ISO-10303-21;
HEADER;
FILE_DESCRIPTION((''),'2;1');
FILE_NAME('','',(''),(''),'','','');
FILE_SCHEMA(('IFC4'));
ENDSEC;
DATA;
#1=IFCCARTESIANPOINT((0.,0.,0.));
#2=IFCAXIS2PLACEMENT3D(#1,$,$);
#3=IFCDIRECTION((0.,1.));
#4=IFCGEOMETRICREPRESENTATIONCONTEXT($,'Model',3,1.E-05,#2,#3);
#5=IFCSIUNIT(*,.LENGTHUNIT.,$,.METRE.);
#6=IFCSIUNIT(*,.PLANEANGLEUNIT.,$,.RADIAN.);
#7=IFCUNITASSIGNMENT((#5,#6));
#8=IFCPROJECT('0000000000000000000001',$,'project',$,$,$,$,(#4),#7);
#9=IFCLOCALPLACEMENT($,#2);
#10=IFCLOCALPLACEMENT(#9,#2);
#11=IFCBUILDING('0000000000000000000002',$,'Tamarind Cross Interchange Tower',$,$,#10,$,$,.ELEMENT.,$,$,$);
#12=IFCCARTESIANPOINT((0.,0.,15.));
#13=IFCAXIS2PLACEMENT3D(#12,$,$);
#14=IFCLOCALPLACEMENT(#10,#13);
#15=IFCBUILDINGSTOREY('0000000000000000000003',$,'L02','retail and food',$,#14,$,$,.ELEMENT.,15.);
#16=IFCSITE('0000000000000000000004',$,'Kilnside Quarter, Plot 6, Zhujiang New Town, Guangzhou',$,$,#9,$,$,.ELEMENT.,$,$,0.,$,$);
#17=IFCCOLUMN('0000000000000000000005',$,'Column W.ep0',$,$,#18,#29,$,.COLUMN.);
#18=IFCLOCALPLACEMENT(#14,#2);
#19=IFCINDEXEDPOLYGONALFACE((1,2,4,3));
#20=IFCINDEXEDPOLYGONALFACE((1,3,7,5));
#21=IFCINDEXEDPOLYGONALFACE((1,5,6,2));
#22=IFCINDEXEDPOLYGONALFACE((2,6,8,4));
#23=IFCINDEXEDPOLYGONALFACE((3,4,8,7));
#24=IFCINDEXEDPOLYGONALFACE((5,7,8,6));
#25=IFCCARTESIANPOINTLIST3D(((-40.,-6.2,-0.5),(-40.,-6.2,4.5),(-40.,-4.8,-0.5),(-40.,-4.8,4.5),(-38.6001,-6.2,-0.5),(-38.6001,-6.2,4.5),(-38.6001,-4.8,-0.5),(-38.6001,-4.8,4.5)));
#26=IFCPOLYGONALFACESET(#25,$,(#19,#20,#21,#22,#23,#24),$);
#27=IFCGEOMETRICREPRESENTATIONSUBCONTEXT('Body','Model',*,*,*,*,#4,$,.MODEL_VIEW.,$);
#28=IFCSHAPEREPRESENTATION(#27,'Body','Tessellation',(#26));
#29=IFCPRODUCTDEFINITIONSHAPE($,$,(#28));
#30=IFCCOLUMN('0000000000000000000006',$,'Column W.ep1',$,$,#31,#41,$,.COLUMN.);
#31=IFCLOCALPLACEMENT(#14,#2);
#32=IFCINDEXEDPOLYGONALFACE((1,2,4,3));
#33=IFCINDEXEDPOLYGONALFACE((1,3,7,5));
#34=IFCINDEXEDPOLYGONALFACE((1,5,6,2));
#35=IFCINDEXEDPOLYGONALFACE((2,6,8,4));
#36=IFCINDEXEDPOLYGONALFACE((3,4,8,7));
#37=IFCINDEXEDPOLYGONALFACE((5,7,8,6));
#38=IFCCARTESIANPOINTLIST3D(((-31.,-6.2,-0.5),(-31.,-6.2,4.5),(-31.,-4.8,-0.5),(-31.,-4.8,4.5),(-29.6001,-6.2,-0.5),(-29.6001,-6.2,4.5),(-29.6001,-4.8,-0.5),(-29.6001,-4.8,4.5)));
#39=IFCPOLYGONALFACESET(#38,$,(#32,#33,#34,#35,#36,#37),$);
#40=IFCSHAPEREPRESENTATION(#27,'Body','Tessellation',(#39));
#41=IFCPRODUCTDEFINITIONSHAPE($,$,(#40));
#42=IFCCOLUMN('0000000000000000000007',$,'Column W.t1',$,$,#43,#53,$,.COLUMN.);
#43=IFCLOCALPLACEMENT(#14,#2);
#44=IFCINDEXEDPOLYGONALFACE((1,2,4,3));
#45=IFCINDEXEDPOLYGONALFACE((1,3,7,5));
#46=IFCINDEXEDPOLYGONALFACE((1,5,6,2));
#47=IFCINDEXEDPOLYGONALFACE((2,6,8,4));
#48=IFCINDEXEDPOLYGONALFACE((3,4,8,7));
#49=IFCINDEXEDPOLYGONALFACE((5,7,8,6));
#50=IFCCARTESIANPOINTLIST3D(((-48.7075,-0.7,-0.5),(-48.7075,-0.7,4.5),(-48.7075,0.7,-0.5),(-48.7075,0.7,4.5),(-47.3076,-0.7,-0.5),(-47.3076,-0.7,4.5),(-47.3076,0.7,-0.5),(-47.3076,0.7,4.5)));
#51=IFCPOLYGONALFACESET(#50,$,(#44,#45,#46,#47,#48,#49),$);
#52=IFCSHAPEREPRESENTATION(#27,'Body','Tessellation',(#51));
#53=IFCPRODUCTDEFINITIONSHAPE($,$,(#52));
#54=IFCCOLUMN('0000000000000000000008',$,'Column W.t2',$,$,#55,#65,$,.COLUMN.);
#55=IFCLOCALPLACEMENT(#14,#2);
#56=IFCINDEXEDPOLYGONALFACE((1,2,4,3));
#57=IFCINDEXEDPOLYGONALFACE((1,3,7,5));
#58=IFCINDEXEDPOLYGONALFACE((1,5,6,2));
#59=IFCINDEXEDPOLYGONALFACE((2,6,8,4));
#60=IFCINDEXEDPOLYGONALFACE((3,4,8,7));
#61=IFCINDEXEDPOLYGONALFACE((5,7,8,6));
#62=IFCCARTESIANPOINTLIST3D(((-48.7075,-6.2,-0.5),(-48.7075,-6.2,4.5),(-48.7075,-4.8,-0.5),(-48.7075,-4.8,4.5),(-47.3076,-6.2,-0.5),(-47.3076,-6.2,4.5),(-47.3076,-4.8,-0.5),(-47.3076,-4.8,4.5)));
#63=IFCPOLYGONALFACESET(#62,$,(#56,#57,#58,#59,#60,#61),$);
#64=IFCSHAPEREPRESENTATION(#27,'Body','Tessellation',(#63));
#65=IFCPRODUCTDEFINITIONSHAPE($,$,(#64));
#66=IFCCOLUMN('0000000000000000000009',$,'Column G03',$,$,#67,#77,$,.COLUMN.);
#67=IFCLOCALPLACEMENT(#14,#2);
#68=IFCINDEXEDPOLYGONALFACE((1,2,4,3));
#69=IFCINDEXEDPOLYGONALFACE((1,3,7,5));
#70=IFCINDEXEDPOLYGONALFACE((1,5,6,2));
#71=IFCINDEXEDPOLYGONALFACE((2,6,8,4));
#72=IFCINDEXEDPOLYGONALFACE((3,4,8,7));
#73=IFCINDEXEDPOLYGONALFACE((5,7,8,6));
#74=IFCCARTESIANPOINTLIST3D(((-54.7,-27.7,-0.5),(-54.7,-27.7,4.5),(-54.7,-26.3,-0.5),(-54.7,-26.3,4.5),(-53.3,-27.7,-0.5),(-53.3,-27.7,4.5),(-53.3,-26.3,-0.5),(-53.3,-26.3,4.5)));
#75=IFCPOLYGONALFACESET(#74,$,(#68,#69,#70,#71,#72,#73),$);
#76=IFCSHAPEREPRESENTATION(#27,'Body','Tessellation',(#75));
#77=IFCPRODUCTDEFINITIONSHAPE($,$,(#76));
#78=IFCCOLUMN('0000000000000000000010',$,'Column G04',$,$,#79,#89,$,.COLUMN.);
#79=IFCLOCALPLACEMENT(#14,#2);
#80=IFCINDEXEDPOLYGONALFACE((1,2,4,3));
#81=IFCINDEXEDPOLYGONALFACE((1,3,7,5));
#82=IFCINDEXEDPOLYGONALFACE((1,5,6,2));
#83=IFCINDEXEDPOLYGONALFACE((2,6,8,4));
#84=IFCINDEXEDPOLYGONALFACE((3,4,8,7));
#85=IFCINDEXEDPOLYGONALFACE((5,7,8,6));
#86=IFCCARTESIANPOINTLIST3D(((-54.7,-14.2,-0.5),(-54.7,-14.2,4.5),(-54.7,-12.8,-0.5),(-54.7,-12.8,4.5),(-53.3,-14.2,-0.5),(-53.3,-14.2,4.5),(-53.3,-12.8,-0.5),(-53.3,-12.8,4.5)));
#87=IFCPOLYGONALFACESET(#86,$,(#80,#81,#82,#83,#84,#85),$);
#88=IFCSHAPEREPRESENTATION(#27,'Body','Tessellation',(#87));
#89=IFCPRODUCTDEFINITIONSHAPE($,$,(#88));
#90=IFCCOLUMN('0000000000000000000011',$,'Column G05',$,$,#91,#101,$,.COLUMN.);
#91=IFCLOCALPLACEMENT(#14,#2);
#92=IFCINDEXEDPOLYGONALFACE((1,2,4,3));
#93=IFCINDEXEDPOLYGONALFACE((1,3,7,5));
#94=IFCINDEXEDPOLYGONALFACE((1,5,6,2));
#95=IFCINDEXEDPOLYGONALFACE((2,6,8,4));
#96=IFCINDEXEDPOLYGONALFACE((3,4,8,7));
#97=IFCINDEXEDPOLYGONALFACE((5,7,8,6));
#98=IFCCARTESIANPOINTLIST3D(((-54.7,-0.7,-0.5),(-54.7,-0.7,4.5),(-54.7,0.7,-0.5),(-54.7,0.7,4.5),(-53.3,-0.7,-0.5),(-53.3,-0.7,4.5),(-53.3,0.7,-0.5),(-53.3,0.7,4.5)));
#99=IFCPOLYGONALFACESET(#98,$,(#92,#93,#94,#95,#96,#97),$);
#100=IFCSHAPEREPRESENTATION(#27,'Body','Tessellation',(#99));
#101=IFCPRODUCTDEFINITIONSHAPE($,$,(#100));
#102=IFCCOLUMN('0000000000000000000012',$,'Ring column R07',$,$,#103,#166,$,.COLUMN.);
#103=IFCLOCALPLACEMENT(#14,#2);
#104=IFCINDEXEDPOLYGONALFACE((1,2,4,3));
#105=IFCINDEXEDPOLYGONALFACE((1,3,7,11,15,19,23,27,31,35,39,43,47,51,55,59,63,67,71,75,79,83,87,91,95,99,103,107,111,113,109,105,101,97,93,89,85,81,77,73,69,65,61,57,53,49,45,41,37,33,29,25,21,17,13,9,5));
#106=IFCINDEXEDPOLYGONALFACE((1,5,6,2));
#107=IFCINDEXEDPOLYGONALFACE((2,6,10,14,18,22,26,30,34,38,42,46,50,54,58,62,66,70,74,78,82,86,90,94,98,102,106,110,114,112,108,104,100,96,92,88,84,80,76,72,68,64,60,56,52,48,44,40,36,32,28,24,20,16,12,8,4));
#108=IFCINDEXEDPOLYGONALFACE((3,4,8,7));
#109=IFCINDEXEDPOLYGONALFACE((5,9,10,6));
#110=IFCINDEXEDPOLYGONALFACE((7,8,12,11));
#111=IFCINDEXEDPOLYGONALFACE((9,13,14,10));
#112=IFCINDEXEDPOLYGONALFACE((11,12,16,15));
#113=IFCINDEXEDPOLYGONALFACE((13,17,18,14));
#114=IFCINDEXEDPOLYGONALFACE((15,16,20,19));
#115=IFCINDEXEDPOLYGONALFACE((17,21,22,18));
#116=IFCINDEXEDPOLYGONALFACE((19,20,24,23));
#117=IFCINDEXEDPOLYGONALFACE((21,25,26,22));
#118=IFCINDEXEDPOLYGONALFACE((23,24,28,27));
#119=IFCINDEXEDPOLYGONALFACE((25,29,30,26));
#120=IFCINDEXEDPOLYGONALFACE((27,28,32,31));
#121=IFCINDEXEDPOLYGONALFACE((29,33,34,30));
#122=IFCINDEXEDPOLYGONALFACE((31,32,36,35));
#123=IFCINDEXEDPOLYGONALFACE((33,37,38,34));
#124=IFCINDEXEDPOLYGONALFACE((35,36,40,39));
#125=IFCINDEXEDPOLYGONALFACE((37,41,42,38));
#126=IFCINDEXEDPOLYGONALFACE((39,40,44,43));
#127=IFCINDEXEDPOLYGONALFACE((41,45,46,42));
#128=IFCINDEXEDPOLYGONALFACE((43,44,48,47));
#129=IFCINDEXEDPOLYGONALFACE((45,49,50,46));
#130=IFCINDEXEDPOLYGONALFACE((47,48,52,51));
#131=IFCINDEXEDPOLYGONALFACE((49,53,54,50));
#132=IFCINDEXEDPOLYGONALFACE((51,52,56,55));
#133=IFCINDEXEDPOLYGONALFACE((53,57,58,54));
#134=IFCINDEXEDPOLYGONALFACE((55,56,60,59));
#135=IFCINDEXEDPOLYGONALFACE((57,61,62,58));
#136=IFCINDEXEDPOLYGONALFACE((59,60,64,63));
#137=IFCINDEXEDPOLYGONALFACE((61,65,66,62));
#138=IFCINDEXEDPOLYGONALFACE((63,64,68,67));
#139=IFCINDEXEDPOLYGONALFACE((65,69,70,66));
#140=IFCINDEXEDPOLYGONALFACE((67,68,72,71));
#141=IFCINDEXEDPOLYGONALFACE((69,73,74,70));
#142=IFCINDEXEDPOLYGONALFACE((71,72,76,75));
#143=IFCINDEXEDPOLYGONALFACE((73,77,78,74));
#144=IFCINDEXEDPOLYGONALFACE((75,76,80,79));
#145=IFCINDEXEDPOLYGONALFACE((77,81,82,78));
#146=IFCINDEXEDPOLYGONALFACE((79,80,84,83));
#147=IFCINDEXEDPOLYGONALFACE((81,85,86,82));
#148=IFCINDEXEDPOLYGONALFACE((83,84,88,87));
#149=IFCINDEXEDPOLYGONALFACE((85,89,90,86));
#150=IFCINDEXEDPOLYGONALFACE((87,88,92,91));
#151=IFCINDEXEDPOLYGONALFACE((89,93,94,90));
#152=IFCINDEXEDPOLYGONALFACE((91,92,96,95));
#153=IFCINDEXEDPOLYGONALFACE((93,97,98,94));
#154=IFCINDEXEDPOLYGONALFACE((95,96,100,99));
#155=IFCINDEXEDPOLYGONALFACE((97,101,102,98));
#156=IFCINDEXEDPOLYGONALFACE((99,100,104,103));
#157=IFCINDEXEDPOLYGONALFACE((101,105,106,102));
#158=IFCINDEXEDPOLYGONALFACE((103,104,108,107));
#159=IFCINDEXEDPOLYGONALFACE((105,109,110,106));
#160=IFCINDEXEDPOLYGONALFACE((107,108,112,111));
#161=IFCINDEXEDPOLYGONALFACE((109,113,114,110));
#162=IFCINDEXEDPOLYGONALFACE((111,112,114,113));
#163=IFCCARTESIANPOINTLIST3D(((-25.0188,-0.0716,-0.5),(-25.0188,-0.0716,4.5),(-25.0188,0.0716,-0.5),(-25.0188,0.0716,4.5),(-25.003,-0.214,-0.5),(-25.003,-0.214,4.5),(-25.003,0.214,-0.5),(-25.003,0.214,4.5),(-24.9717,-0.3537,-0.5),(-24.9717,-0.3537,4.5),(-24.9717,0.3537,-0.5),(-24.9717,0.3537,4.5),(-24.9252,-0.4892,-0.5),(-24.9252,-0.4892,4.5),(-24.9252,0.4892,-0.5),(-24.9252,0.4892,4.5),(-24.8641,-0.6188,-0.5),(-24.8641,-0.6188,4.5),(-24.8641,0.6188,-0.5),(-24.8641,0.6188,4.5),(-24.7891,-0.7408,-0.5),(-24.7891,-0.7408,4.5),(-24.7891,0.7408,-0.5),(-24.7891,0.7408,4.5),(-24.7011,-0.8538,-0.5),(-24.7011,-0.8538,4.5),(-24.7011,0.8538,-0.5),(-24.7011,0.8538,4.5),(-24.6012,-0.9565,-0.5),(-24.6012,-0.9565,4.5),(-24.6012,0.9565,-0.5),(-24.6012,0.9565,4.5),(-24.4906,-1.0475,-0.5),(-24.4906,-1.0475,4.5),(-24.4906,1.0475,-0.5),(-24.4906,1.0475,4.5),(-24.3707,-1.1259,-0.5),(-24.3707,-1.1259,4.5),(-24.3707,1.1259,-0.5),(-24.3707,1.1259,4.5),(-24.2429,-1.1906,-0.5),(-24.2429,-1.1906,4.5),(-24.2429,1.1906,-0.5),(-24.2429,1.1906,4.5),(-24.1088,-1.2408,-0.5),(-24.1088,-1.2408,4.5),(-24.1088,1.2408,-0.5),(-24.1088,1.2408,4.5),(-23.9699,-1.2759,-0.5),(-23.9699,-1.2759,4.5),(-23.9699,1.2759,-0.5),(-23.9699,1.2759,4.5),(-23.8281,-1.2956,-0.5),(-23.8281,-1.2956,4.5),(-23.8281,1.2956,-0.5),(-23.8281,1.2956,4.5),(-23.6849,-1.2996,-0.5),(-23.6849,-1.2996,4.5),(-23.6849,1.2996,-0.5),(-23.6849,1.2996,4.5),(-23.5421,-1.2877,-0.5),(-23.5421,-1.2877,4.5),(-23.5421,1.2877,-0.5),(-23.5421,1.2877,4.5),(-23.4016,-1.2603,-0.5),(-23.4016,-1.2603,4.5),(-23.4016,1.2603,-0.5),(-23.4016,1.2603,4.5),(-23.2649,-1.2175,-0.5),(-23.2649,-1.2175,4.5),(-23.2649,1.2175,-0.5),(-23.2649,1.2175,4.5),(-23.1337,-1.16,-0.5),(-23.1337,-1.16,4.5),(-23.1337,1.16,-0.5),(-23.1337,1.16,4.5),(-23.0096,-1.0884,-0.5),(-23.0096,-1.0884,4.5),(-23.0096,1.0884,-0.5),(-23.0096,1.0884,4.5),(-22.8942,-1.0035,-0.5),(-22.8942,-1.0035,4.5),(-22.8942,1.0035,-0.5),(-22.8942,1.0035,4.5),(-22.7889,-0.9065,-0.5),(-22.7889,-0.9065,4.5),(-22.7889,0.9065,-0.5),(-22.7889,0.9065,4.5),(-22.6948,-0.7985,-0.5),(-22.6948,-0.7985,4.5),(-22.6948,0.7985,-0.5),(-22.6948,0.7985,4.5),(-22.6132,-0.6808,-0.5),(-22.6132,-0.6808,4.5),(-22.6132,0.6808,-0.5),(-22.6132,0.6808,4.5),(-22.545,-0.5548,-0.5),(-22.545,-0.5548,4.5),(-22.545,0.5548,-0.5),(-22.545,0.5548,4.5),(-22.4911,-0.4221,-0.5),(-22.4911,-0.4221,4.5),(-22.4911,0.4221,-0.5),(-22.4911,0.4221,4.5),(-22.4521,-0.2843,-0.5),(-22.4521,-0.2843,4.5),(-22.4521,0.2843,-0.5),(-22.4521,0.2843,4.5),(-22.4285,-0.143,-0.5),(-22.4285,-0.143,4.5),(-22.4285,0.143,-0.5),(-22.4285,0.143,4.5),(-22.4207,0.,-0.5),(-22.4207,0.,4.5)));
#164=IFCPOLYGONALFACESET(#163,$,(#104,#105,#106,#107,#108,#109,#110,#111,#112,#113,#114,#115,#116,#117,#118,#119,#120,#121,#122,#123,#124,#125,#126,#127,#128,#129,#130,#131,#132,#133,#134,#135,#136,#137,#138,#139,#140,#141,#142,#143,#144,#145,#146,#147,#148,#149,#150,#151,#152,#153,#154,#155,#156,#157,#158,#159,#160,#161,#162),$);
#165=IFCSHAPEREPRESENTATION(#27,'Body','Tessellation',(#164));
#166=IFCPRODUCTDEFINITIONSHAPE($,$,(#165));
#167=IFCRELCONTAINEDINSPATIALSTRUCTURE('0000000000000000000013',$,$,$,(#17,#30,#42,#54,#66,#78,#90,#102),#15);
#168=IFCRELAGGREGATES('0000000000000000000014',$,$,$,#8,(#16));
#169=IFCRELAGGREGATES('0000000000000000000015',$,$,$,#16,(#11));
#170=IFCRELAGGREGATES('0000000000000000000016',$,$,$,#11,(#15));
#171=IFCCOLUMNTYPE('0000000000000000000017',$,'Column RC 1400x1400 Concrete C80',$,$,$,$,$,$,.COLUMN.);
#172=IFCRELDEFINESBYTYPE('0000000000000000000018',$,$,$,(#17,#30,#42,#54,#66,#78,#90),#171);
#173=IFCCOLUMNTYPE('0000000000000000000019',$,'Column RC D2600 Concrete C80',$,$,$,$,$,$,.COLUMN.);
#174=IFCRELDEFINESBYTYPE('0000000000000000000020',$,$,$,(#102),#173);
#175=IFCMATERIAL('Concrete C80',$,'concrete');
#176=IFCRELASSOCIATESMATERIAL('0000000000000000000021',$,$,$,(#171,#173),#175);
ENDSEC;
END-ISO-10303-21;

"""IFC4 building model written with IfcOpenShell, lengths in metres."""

from ifc_helpers import new_model, si_unit, direction, frame, origin, origin_2d, place, context, subcontext, project, spatial, rectangle, circle, extrude, material, material_profile, profile_set, type_object, element, save


model = new_model("IFC4")

# Units and contexts
model_context = context("Model", 3, precision=1e-05, world=origin(), true_north=direction((0.0, 1.0)))
body_context = subcontext(model_context, "Body", "Model", "MODEL_VIEW")
ifc_project = project(units=[si_unit("LENGTHUNIT", "METRE"), si_unit("PLANEANGLEUNIT", "RADIAN")], contexts=[model_context])

# Site, building, storey
site_placement = place(None, origin())
site = spatial("IfcSite", under=ifc_project, at=site_placement, Name="Kilnside Quarter, Plot 6, Zhujiang New Town, Guangzhou", CompositionType="ELEMENT", RefElevation=0.0)
building_placement = place(site_placement, origin())
building = spatial("IfcBuilding", under=site, at=building_placement, Name="Tamarind Cross Interchange Tower", CompositionType="ELEMENT")
storey_placement = place(building_placement, frame((0.0, 0.0, 15.0)))
storey = spatial("IfcBuildingStorey", under=building, at=storey_placement, Name="L02", Description="retail and food", CompositionType="ELEMENT", Elevation=15.0)

# Columns
ifc_material_1 = material(Name="Concrete C80", Category="concrete")
ifc_material_profile_1 = material_profile(ifc_material_1, rectangle(XDim=1.3999, YDim=1.3999, at=origin_2d()), Name="RC 1400x1400")
ifc_profile_set_1 = profile_set([ifc_material_profile_1], Name="Concrete C80")
column_type_1 = type_object("IfcColumnType", Name="Column RC 1400x1400 Concrete C80", PredefinedType="COLUMN", material=ifc_profile_set_1)
for number, where, z_axis, x_axis, name in (
    (1, (-39.3, -5.5, -0.5), (0.0, 0.0, 1.0), (1.0, 0.0, 0.0), "Column W.ep0"),
    (2, (-30.3, -5.5, -0.5), (0.0, 0.0, 1.0), (1.0, 0.0, 0.0), "Column W.ep1"),
    (3, (-48.0076, 0.0, -0.5), (0.0, 0.0, 1.0), (1.0, 0.0, 0.0), "Column W.t1"),
    (4, (-48.0076, -5.5, -0.5), (0.0, 0.0, 1.0), (1.0, 0.0, 0.0), "Column W.t2"),
    (5, (-54.0, -27.0, -0.5), (0.0, 0.0, 1.0), (1.0, 0.0, 0.0), "Column G03"),
    (6, (-54.0, -13.5, -0.5), (0.0, 0.0, 1.0), (1.0, 0.0, 0.0), "Column G04"),
    (7, (-54.0, 0.0, -0.5), (0.0, 0.0, 1.0), (1.0, 0.0, 0.0), "Column G05"),
):
    element("IfcColumn", number, at=place(storey_placement, frame(where, z_axis=z_axis, x_axis=x_axis)), inside=storey, type_object=column_type_1, Name=name, PredefinedType="COLUMN", context=body_context, shape_type="SweptSolid", body=[
        extrude(rectangle(XDim=1.3999, YDim=1.3999, at=origin_2d()), origin(), (0.0, 0.0, 1.0), 5.0),
    ])
ifc_material_profile_2 = material_profile(ifc_material_1, circle(Radius=1.3, at=origin_2d()), Name="RC D2600")
ifc_profile_set_2 = profile_set([ifc_material_profile_2], Name="Concrete C80")
column_type_2 = type_object("IfcColumnType", Name="Column RC D2600 Concrete C80", PredefinedType="COLUMN", material=ifc_profile_set_2)
for number, where, z_axis, x_axis, name in (
    (8, (-23.7207, 0.0, -0.5), (0.0, 0.0, 1.0), (1.0, 0.0, 0.0), "Ring column R07"),
):
    element("IfcColumn", number, at=place(storey_placement, frame(where, z_axis=z_axis, x_axis=x_axis)), inside=storey, type_object=column_type_2, Name=name, PredefinedType="COLUMN", context=body_context, shape_type="SweptSolid", body=[
        extrude(circle(Radius=1.3, at=origin_2d()), origin(), (0.0, 0.0, 1.0), 5.0),
    ])

save(model, "model.ifc")
